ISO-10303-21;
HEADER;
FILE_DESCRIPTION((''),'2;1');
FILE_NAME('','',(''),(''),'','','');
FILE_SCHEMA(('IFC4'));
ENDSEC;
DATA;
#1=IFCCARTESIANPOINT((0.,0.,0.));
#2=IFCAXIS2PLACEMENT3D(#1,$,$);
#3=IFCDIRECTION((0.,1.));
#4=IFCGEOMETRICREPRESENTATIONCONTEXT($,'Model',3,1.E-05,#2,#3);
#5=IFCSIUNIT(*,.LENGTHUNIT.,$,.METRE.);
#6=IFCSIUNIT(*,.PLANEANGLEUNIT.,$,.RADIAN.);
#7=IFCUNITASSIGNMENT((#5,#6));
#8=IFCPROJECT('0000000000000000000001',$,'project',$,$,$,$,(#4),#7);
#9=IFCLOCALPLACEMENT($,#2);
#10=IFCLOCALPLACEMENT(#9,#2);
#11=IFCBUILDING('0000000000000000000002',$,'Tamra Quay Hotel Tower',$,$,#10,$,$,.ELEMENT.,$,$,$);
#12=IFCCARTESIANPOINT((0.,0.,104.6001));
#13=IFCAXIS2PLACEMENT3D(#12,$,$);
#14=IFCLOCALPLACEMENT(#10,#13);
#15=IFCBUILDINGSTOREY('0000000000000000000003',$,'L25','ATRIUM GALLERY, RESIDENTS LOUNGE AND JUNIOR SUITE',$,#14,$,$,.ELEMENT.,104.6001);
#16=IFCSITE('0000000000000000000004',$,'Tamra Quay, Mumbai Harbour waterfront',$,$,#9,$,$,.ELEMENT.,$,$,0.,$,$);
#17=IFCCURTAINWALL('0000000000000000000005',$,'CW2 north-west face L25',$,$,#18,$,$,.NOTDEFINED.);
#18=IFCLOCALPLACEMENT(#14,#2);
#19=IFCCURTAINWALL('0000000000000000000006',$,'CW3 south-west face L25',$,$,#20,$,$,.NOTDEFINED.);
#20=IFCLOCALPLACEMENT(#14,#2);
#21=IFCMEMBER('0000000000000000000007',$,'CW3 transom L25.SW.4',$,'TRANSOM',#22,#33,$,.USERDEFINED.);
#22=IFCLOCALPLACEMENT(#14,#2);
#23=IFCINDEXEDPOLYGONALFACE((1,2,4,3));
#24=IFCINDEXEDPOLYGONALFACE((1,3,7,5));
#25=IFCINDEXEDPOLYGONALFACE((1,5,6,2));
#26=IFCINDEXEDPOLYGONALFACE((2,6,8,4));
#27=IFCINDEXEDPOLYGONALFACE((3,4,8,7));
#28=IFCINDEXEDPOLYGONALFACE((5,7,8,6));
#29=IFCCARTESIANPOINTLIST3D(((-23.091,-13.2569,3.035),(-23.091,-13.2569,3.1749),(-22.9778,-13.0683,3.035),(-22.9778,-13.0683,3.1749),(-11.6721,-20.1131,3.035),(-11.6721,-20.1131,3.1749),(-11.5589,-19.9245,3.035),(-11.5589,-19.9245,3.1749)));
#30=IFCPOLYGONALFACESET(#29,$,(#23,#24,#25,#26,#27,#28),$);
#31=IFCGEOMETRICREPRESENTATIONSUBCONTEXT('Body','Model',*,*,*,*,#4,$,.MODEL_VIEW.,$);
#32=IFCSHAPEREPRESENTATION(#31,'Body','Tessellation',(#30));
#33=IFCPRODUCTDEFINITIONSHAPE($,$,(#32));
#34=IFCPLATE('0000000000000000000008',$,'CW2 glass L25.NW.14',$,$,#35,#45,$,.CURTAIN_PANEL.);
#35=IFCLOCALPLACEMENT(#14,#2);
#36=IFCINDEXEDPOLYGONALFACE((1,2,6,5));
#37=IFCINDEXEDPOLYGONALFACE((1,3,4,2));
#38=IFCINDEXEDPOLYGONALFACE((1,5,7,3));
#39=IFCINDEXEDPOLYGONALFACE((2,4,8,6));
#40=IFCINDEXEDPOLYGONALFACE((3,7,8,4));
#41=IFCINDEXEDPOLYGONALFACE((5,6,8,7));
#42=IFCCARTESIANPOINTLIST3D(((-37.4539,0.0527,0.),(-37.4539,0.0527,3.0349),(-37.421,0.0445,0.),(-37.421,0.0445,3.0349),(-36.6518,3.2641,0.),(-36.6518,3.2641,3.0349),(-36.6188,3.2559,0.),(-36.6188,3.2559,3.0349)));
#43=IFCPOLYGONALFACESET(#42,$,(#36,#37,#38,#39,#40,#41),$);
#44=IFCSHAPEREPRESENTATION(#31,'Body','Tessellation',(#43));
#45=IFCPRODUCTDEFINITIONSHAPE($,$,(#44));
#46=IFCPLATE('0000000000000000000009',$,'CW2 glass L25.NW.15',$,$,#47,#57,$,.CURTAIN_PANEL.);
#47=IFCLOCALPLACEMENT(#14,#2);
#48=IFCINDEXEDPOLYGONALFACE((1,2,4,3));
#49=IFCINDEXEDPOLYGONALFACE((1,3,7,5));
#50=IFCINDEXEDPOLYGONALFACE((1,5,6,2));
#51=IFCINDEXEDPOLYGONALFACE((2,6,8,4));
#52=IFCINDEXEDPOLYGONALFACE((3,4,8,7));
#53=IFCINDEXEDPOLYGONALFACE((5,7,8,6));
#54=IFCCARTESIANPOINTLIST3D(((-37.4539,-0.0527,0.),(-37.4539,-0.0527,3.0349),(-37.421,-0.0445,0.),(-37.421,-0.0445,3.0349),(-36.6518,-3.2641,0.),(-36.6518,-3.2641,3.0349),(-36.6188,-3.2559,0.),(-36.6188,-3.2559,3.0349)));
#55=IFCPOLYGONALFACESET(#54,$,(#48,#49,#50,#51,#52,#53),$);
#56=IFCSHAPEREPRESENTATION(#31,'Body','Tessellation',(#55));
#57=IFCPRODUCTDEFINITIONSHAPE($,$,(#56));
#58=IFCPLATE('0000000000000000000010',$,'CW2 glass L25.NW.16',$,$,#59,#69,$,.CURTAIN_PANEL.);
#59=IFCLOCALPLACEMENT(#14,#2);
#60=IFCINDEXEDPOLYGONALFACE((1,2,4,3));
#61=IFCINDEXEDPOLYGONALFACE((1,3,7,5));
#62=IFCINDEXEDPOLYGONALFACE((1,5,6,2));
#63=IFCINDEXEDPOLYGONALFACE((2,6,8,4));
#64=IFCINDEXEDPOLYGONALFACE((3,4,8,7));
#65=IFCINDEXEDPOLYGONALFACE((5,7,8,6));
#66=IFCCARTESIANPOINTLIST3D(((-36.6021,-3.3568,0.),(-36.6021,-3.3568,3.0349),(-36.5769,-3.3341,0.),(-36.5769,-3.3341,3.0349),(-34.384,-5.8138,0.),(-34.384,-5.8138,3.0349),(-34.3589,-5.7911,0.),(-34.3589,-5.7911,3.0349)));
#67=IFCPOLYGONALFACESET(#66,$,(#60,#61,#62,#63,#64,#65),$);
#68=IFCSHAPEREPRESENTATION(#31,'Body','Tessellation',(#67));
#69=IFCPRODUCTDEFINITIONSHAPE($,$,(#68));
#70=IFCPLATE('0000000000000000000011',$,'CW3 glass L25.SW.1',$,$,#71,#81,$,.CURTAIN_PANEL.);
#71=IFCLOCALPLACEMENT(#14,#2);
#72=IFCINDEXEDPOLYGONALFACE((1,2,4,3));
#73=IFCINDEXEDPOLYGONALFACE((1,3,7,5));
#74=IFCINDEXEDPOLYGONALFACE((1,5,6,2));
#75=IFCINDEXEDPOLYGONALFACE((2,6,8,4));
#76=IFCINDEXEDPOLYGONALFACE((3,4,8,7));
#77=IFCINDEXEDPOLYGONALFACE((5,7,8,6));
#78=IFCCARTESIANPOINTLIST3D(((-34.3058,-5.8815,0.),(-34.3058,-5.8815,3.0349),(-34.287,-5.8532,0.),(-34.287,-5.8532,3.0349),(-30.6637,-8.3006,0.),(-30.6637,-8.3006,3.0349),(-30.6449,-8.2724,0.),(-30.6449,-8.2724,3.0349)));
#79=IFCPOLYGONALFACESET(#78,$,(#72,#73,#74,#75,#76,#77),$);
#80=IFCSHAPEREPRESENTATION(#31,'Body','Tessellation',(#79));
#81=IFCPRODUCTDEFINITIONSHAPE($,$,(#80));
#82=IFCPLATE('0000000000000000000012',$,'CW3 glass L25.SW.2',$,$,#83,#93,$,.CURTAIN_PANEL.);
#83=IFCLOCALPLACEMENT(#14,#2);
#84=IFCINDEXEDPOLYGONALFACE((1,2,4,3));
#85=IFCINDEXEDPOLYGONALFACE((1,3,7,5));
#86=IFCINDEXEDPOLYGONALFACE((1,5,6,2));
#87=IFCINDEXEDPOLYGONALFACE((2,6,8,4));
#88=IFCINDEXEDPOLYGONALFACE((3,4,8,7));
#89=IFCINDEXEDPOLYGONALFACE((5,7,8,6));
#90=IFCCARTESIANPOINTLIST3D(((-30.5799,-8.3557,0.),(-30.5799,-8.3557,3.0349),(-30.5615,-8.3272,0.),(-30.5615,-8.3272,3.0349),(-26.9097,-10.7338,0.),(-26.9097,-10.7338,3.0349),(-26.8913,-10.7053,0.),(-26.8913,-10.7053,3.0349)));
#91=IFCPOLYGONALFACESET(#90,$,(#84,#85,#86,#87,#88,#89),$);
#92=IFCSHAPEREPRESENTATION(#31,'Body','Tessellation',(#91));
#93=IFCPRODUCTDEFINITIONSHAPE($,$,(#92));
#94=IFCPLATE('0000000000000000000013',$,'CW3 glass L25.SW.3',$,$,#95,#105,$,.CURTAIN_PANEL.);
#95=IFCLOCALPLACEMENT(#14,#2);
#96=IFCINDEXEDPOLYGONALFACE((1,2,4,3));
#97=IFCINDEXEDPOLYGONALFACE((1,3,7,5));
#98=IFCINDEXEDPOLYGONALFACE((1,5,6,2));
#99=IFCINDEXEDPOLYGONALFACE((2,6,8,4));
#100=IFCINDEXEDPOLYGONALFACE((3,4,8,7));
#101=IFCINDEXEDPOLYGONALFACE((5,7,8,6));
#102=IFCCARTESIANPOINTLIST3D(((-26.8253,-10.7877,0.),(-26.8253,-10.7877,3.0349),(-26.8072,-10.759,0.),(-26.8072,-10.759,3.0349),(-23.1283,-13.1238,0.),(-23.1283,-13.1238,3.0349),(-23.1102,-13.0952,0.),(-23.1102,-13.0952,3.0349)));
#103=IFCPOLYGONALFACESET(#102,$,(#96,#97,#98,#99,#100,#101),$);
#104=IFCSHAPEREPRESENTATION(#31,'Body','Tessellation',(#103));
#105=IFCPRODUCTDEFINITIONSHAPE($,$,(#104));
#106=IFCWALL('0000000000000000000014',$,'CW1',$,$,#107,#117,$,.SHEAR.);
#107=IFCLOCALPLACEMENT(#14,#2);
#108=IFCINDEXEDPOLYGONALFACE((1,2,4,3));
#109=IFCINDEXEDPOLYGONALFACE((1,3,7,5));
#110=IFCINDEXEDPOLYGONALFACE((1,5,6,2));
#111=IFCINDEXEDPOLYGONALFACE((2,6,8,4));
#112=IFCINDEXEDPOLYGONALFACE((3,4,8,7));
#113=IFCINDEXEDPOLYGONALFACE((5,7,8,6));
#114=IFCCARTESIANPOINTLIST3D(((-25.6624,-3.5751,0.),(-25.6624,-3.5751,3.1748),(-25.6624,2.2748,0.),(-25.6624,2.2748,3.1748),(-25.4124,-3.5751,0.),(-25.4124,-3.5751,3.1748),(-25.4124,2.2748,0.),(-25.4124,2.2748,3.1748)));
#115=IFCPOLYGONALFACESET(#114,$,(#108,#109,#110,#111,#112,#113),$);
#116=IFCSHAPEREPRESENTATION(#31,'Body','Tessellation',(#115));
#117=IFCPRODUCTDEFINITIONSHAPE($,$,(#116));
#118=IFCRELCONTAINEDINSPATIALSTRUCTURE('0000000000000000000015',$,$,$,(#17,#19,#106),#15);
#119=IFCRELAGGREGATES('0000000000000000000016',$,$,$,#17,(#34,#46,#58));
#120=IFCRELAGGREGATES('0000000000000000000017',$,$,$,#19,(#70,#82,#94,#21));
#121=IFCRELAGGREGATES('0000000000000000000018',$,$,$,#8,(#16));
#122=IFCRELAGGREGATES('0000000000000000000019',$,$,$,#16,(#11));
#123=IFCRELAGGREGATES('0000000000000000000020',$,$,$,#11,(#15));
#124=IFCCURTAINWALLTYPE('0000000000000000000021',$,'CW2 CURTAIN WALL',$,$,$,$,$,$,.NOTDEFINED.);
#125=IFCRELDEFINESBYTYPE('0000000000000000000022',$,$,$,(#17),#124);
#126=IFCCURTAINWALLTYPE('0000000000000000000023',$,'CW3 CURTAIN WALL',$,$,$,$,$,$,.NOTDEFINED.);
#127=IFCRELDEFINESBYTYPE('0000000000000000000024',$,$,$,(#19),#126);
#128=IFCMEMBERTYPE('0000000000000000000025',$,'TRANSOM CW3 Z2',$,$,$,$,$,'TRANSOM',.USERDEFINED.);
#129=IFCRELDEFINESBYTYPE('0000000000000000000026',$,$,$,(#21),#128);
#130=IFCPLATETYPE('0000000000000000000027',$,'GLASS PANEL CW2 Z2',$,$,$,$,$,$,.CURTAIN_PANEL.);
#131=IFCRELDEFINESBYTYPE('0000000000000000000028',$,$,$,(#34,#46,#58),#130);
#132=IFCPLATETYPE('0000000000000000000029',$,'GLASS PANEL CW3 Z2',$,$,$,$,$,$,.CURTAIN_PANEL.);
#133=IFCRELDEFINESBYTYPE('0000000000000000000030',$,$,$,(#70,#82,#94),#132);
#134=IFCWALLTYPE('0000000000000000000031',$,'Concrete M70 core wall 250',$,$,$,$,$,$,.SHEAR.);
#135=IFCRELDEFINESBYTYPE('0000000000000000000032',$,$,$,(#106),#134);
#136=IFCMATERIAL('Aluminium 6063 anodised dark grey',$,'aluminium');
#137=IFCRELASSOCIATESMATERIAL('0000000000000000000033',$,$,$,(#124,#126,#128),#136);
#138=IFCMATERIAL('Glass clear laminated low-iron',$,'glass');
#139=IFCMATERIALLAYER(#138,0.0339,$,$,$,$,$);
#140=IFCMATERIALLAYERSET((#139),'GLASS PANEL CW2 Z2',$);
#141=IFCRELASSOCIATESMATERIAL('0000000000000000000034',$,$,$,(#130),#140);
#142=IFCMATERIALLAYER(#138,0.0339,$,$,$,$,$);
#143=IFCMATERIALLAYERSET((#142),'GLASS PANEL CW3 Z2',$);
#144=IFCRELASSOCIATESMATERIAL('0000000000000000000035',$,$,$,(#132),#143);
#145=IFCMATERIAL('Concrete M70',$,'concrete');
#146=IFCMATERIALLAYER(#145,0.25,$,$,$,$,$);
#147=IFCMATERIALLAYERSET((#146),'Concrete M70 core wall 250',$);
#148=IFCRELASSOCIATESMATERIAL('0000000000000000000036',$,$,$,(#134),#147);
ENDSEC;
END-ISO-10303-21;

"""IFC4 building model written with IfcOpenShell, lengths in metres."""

from ifc_helpers import new_model, si_unit, direction, frame, frame_2d, origin, origin_2d, place, context, subcontext, project, spatial, rectangle, extrude, material, layer, layer_set, material_profile, profile_set, type_object, element, aggregate, save


model = new_model("IFC4")

# Units and contexts
model_context = context("Model", 3, precision=1e-05, world=origin(), true_north=direction((0.0, 1.0)))
body_context = subcontext(model_context, "Body", "Model", "MODEL_VIEW")
ifc_project = project(units=[si_unit("LENGTHUNIT", "METRE"), si_unit("PLANEANGLEUNIT", "RADIAN")], contexts=[model_context])

# Site, building, storey
site_placement = place(None, origin())
site = spatial("IfcSite", under=ifc_project, at=site_placement, Name="Tamra Quay, Mumbai Harbour waterfront", CompositionType="ELEMENT", RefElevation=0.0)
building_placement = place(site_placement, origin())
building = spatial("IfcBuilding", under=site, at=building_placement, Name="Tamra Quay Hotel Tower", CompositionType="ELEMENT")
storey_placement = place(building_placement, frame((0.0, 0.0, 104.6001)))
storey = spatial("IfcBuildingStorey", under=building, at=storey_placement, Name="L25", Description="ATRIUM GALLERY, RESIDENTS LOUNGE AND JUNIOR SUITE", CompositionType="ELEMENT", Elevation=104.6001)

# Shared definitions
ifc_material_1 = material(Name="Concrete M70", Category="concrete")

# Curtain wall
ifc_material_2 = material(Name="Aluminium 6063 anodised dark grey", Category="aluminium")
curtain_wall_type_1 = type_object("IfcCurtainWallType", Name="CW2 CURTAIN WALL", PredefinedType="NOTDEFINED", material=ifc_material_2)
curtain_wall_1_placement = place(storey_placement, origin())
curtain_wall_1 = element("IfcCurtainWall", 1, at=curtain_wall_1_placement, inside=storey, type_object=curtain_wall_type_1, Name="CW2 north-west face L25", PredefinedType="NOTDEFINED")

# Curtain wall
curtain_wall_type_2 = type_object("IfcCurtainWallType", Name="CW3 CURTAIN WALL", PredefinedType="NOTDEFINED", material=ifc_material_2)
curtain_wall_2_placement = place(storey_placement, origin())
curtain_wall_2 = element("IfcCurtainWall", 2, at=curtain_wall_2_placement, inside=storey, type_object=curtain_wall_type_2, Name="CW3 south-west face L25", PredefinedType="NOTDEFINED")

# Member
ifc_material_profile_1 = material_profile(ifc_material_2, rectangle(XDim=0.22, YDim=0.1399, at=origin_2d()), Name="TRANSOM 220X140")
ifc_profile_set_1 = profile_set([ifc_material_profile_1], Name="Aluminium 6063 anodised dark grey")
member_type_1 = type_object("IfcMemberType", Name="TRANSOM CW3 Z2", ElementType="TRANSOM", PredefinedType="USERDEFINED", material=ifc_profile_set_1)
member_1_placement = place(storey_placement, frame((-23.0344, -13.1626, 3.105), z_axis=(0.857333, -0.514763, 0.0), x_axis=(0.514763, 0.857333, 0.0)))
member_1 = element("IfcMember", 3, at=member_1_placement, type_object=member_type_1, Name="CW3 transom L25.SW.4", ObjectType="TRANSOM", PredefinedType="USERDEFINED", context=body_context, shape_type="SweptSolid", body=[
    extrude(rectangle(XDim=0.22, YDim=0.1399, at=origin_2d()), origin(), (0.0, 0.0, 1.0), 13.3191),
])

# Plates
ifc_material_3 = material(Name="Glass clear laminated low-iron", Category="glass")
ifc_layer_1 = layer(ifc_material_3, 0.0339)
ifc_layer_set_1 = layer_set([ifc_layer_1], Name="GLASS PANEL CW2 Z2")
plate_type_1 = type_object("IfcPlateType", Name="GLASS PANEL CW2 Z2", PredefinedType="CURTAIN_PANEL", material=ifc_layer_set_1)
plate_1_placement = place(storey_placement, frame((-37.0364, 1.6543, 0.0), z_axis=(0.0, 0.0, 1.0), x_axis=(-0.242339, -0.970192, 0.0)))
plate_1 = element("IfcPlate", 4, at=plate_1_placement, type_object=plate_type_1, Name="CW2 glass L25.NW.14", PredefinedType="CURTAIN_PANEL", context=body_context, shape_type="SweptSolid", body=[
    extrude(rectangle(XDim=3.3101, YDim=0.0339, at=origin_2d()), origin(), (0.0, 0.0, 1.0), 3.0349),
])
plate_2_placement = place(storey_placement, frame((-37.0364, -1.6543, 0.0), z_axis=(0.0, 0.0, 1.0), x_axis=(0.242339, -0.970192, 0.0)))
plate_2 = element("IfcPlate", 5, at=plate_2_placement, type_object=plate_type_1, Name="CW2 glass L25.NW.15", PredefinedType="CURTAIN_PANEL", context=body_context, shape_type="SweptSolid", body=[
    extrude(rectangle(XDim=3.3101, YDim=0.0339, at=origin_2d()), origin(), (0.0, 0.0, 1.0), 3.0349),
])
plate_3_placement = place(storey_placement, frame((-35.4805, -4.574, 0.0), z_axis=(0.0, 0.0, 1.0), x_axis=(0.670088, -0.742282, 0.0)))
plate_3 = element("IfcPlate", 6, at=plate_3_placement, type_object=plate_type_1, Name="CW2 glass L25.NW.16", PredefinedType="CURTAIN_PANEL", context=body_context, shape_type="SweptSolid", body=[
    extrude(rectangle(XDim=3.3101, YDim=0.0339, at=origin_2d()), origin(), (0.0, 0.0, 1.0), 3.0349),
])
aggregate(curtain_wall_1, [plate_1, plate_2, plate_3])
ifc_layer_2 = layer(ifc_material_3, 0.0339)
ifc_layer_set_2 = layer_set([ifc_layer_2], Name="GLASS PANEL CW3 Z2")
plate_type_2 = type_object("IfcPlateType", Name="GLASS PANEL CW3 Z2", PredefinedType="CURTAIN_PANEL", material=ifc_layer_set_2)
plate_4_placement = place(storey_placement, frame((-32.4753, -7.0769, 0.0), z_axis=(0.0, 0.0, 1.0), x_axis=(0.832988, -0.553291, 0.0)))
plate_4 = element("IfcPlate", 7, at=plate_4_placement, type_object=plate_type_2, Name="CW3 glass L25.SW.1", PredefinedType="CURTAIN_PANEL", context=body_context, shape_type="SweptSolid", body=[
    extrude(rectangle(XDim=4.3723, YDim=0.0339, at=origin_2d()), origin(), (0.0, 0.0, 1.0), 3.0349),
])
plate_5_placement = place(storey_placement, frame((-28.7356, -9.5305, 0.0), z_axis=(0.0, 0.0, 1.0), x_axis=(0.839224, -0.543786, 0.0)))
plate_5 = element("IfcPlate", 8, at=plate_5_placement, type_object=plate_type_2, Name="CW3 glass L25.SW.2", PredefinedType="CURTAIN_PANEL", context=body_context, shape_type="SweptSolid", body=[
    extrude(rectangle(XDim=4.3733, YDim=0.0339, at=origin_2d()), origin(), (0.0, 0.0, 1.0), 3.0349),
])
plate_6_placement = place(storey_placement, frame((-24.9678, -11.9414, 0.0), z_axis=(0.0, 0.0, 1.0), x_axis=(0.845362, -0.534193, 0.0)))
plate_6 = element("IfcPlate", 9, at=plate_6_placement, type_object=plate_type_2, Name="CW3 glass L25.SW.3", PredefinedType="CURTAIN_PANEL", context=body_context, shape_type="SweptSolid", body=[
    extrude(rectangle(XDim=4.3733, YDim=0.0339, at=origin_2d()), origin(), (0.0, 0.0, 1.0), 3.0349),
])
aggregate(curtain_wall_2, [plate_4, plate_5, plate_6, member_1])

# Wall
ifc_layer_3 = layer(ifc_material_1, 0.25)
ifc_layer_set_3 = layer_set([ifc_layer_3], Name="Concrete M70 core wall 250")
wall_type = type_object("IfcWallType", Name="Concrete M70 core wall 250", PredefinedType="SHEAR", material=ifc_layer_set_3)
wall_placement = place(storey_placement, frame((-25.5374, -3.575, 0.0), z_axis=(0.0, 0.0, 1.0), x_axis=(0.0, 1.0, 0.0)))
element("IfcWall", 10, at=wall_placement, inside=storey, type_object=wall_type, Name="CW1", PredefinedType="SHEAR", context=body_context, shape_type="SweptSolid", body=[
    extrude(rectangle(XDim=5.8499, YDim=0.25, at=frame_2d((2.9248, 0.0))), origin(), (0.0, 0.0, 1.0), 3.1748),
])

save(model, "model.ifc")
